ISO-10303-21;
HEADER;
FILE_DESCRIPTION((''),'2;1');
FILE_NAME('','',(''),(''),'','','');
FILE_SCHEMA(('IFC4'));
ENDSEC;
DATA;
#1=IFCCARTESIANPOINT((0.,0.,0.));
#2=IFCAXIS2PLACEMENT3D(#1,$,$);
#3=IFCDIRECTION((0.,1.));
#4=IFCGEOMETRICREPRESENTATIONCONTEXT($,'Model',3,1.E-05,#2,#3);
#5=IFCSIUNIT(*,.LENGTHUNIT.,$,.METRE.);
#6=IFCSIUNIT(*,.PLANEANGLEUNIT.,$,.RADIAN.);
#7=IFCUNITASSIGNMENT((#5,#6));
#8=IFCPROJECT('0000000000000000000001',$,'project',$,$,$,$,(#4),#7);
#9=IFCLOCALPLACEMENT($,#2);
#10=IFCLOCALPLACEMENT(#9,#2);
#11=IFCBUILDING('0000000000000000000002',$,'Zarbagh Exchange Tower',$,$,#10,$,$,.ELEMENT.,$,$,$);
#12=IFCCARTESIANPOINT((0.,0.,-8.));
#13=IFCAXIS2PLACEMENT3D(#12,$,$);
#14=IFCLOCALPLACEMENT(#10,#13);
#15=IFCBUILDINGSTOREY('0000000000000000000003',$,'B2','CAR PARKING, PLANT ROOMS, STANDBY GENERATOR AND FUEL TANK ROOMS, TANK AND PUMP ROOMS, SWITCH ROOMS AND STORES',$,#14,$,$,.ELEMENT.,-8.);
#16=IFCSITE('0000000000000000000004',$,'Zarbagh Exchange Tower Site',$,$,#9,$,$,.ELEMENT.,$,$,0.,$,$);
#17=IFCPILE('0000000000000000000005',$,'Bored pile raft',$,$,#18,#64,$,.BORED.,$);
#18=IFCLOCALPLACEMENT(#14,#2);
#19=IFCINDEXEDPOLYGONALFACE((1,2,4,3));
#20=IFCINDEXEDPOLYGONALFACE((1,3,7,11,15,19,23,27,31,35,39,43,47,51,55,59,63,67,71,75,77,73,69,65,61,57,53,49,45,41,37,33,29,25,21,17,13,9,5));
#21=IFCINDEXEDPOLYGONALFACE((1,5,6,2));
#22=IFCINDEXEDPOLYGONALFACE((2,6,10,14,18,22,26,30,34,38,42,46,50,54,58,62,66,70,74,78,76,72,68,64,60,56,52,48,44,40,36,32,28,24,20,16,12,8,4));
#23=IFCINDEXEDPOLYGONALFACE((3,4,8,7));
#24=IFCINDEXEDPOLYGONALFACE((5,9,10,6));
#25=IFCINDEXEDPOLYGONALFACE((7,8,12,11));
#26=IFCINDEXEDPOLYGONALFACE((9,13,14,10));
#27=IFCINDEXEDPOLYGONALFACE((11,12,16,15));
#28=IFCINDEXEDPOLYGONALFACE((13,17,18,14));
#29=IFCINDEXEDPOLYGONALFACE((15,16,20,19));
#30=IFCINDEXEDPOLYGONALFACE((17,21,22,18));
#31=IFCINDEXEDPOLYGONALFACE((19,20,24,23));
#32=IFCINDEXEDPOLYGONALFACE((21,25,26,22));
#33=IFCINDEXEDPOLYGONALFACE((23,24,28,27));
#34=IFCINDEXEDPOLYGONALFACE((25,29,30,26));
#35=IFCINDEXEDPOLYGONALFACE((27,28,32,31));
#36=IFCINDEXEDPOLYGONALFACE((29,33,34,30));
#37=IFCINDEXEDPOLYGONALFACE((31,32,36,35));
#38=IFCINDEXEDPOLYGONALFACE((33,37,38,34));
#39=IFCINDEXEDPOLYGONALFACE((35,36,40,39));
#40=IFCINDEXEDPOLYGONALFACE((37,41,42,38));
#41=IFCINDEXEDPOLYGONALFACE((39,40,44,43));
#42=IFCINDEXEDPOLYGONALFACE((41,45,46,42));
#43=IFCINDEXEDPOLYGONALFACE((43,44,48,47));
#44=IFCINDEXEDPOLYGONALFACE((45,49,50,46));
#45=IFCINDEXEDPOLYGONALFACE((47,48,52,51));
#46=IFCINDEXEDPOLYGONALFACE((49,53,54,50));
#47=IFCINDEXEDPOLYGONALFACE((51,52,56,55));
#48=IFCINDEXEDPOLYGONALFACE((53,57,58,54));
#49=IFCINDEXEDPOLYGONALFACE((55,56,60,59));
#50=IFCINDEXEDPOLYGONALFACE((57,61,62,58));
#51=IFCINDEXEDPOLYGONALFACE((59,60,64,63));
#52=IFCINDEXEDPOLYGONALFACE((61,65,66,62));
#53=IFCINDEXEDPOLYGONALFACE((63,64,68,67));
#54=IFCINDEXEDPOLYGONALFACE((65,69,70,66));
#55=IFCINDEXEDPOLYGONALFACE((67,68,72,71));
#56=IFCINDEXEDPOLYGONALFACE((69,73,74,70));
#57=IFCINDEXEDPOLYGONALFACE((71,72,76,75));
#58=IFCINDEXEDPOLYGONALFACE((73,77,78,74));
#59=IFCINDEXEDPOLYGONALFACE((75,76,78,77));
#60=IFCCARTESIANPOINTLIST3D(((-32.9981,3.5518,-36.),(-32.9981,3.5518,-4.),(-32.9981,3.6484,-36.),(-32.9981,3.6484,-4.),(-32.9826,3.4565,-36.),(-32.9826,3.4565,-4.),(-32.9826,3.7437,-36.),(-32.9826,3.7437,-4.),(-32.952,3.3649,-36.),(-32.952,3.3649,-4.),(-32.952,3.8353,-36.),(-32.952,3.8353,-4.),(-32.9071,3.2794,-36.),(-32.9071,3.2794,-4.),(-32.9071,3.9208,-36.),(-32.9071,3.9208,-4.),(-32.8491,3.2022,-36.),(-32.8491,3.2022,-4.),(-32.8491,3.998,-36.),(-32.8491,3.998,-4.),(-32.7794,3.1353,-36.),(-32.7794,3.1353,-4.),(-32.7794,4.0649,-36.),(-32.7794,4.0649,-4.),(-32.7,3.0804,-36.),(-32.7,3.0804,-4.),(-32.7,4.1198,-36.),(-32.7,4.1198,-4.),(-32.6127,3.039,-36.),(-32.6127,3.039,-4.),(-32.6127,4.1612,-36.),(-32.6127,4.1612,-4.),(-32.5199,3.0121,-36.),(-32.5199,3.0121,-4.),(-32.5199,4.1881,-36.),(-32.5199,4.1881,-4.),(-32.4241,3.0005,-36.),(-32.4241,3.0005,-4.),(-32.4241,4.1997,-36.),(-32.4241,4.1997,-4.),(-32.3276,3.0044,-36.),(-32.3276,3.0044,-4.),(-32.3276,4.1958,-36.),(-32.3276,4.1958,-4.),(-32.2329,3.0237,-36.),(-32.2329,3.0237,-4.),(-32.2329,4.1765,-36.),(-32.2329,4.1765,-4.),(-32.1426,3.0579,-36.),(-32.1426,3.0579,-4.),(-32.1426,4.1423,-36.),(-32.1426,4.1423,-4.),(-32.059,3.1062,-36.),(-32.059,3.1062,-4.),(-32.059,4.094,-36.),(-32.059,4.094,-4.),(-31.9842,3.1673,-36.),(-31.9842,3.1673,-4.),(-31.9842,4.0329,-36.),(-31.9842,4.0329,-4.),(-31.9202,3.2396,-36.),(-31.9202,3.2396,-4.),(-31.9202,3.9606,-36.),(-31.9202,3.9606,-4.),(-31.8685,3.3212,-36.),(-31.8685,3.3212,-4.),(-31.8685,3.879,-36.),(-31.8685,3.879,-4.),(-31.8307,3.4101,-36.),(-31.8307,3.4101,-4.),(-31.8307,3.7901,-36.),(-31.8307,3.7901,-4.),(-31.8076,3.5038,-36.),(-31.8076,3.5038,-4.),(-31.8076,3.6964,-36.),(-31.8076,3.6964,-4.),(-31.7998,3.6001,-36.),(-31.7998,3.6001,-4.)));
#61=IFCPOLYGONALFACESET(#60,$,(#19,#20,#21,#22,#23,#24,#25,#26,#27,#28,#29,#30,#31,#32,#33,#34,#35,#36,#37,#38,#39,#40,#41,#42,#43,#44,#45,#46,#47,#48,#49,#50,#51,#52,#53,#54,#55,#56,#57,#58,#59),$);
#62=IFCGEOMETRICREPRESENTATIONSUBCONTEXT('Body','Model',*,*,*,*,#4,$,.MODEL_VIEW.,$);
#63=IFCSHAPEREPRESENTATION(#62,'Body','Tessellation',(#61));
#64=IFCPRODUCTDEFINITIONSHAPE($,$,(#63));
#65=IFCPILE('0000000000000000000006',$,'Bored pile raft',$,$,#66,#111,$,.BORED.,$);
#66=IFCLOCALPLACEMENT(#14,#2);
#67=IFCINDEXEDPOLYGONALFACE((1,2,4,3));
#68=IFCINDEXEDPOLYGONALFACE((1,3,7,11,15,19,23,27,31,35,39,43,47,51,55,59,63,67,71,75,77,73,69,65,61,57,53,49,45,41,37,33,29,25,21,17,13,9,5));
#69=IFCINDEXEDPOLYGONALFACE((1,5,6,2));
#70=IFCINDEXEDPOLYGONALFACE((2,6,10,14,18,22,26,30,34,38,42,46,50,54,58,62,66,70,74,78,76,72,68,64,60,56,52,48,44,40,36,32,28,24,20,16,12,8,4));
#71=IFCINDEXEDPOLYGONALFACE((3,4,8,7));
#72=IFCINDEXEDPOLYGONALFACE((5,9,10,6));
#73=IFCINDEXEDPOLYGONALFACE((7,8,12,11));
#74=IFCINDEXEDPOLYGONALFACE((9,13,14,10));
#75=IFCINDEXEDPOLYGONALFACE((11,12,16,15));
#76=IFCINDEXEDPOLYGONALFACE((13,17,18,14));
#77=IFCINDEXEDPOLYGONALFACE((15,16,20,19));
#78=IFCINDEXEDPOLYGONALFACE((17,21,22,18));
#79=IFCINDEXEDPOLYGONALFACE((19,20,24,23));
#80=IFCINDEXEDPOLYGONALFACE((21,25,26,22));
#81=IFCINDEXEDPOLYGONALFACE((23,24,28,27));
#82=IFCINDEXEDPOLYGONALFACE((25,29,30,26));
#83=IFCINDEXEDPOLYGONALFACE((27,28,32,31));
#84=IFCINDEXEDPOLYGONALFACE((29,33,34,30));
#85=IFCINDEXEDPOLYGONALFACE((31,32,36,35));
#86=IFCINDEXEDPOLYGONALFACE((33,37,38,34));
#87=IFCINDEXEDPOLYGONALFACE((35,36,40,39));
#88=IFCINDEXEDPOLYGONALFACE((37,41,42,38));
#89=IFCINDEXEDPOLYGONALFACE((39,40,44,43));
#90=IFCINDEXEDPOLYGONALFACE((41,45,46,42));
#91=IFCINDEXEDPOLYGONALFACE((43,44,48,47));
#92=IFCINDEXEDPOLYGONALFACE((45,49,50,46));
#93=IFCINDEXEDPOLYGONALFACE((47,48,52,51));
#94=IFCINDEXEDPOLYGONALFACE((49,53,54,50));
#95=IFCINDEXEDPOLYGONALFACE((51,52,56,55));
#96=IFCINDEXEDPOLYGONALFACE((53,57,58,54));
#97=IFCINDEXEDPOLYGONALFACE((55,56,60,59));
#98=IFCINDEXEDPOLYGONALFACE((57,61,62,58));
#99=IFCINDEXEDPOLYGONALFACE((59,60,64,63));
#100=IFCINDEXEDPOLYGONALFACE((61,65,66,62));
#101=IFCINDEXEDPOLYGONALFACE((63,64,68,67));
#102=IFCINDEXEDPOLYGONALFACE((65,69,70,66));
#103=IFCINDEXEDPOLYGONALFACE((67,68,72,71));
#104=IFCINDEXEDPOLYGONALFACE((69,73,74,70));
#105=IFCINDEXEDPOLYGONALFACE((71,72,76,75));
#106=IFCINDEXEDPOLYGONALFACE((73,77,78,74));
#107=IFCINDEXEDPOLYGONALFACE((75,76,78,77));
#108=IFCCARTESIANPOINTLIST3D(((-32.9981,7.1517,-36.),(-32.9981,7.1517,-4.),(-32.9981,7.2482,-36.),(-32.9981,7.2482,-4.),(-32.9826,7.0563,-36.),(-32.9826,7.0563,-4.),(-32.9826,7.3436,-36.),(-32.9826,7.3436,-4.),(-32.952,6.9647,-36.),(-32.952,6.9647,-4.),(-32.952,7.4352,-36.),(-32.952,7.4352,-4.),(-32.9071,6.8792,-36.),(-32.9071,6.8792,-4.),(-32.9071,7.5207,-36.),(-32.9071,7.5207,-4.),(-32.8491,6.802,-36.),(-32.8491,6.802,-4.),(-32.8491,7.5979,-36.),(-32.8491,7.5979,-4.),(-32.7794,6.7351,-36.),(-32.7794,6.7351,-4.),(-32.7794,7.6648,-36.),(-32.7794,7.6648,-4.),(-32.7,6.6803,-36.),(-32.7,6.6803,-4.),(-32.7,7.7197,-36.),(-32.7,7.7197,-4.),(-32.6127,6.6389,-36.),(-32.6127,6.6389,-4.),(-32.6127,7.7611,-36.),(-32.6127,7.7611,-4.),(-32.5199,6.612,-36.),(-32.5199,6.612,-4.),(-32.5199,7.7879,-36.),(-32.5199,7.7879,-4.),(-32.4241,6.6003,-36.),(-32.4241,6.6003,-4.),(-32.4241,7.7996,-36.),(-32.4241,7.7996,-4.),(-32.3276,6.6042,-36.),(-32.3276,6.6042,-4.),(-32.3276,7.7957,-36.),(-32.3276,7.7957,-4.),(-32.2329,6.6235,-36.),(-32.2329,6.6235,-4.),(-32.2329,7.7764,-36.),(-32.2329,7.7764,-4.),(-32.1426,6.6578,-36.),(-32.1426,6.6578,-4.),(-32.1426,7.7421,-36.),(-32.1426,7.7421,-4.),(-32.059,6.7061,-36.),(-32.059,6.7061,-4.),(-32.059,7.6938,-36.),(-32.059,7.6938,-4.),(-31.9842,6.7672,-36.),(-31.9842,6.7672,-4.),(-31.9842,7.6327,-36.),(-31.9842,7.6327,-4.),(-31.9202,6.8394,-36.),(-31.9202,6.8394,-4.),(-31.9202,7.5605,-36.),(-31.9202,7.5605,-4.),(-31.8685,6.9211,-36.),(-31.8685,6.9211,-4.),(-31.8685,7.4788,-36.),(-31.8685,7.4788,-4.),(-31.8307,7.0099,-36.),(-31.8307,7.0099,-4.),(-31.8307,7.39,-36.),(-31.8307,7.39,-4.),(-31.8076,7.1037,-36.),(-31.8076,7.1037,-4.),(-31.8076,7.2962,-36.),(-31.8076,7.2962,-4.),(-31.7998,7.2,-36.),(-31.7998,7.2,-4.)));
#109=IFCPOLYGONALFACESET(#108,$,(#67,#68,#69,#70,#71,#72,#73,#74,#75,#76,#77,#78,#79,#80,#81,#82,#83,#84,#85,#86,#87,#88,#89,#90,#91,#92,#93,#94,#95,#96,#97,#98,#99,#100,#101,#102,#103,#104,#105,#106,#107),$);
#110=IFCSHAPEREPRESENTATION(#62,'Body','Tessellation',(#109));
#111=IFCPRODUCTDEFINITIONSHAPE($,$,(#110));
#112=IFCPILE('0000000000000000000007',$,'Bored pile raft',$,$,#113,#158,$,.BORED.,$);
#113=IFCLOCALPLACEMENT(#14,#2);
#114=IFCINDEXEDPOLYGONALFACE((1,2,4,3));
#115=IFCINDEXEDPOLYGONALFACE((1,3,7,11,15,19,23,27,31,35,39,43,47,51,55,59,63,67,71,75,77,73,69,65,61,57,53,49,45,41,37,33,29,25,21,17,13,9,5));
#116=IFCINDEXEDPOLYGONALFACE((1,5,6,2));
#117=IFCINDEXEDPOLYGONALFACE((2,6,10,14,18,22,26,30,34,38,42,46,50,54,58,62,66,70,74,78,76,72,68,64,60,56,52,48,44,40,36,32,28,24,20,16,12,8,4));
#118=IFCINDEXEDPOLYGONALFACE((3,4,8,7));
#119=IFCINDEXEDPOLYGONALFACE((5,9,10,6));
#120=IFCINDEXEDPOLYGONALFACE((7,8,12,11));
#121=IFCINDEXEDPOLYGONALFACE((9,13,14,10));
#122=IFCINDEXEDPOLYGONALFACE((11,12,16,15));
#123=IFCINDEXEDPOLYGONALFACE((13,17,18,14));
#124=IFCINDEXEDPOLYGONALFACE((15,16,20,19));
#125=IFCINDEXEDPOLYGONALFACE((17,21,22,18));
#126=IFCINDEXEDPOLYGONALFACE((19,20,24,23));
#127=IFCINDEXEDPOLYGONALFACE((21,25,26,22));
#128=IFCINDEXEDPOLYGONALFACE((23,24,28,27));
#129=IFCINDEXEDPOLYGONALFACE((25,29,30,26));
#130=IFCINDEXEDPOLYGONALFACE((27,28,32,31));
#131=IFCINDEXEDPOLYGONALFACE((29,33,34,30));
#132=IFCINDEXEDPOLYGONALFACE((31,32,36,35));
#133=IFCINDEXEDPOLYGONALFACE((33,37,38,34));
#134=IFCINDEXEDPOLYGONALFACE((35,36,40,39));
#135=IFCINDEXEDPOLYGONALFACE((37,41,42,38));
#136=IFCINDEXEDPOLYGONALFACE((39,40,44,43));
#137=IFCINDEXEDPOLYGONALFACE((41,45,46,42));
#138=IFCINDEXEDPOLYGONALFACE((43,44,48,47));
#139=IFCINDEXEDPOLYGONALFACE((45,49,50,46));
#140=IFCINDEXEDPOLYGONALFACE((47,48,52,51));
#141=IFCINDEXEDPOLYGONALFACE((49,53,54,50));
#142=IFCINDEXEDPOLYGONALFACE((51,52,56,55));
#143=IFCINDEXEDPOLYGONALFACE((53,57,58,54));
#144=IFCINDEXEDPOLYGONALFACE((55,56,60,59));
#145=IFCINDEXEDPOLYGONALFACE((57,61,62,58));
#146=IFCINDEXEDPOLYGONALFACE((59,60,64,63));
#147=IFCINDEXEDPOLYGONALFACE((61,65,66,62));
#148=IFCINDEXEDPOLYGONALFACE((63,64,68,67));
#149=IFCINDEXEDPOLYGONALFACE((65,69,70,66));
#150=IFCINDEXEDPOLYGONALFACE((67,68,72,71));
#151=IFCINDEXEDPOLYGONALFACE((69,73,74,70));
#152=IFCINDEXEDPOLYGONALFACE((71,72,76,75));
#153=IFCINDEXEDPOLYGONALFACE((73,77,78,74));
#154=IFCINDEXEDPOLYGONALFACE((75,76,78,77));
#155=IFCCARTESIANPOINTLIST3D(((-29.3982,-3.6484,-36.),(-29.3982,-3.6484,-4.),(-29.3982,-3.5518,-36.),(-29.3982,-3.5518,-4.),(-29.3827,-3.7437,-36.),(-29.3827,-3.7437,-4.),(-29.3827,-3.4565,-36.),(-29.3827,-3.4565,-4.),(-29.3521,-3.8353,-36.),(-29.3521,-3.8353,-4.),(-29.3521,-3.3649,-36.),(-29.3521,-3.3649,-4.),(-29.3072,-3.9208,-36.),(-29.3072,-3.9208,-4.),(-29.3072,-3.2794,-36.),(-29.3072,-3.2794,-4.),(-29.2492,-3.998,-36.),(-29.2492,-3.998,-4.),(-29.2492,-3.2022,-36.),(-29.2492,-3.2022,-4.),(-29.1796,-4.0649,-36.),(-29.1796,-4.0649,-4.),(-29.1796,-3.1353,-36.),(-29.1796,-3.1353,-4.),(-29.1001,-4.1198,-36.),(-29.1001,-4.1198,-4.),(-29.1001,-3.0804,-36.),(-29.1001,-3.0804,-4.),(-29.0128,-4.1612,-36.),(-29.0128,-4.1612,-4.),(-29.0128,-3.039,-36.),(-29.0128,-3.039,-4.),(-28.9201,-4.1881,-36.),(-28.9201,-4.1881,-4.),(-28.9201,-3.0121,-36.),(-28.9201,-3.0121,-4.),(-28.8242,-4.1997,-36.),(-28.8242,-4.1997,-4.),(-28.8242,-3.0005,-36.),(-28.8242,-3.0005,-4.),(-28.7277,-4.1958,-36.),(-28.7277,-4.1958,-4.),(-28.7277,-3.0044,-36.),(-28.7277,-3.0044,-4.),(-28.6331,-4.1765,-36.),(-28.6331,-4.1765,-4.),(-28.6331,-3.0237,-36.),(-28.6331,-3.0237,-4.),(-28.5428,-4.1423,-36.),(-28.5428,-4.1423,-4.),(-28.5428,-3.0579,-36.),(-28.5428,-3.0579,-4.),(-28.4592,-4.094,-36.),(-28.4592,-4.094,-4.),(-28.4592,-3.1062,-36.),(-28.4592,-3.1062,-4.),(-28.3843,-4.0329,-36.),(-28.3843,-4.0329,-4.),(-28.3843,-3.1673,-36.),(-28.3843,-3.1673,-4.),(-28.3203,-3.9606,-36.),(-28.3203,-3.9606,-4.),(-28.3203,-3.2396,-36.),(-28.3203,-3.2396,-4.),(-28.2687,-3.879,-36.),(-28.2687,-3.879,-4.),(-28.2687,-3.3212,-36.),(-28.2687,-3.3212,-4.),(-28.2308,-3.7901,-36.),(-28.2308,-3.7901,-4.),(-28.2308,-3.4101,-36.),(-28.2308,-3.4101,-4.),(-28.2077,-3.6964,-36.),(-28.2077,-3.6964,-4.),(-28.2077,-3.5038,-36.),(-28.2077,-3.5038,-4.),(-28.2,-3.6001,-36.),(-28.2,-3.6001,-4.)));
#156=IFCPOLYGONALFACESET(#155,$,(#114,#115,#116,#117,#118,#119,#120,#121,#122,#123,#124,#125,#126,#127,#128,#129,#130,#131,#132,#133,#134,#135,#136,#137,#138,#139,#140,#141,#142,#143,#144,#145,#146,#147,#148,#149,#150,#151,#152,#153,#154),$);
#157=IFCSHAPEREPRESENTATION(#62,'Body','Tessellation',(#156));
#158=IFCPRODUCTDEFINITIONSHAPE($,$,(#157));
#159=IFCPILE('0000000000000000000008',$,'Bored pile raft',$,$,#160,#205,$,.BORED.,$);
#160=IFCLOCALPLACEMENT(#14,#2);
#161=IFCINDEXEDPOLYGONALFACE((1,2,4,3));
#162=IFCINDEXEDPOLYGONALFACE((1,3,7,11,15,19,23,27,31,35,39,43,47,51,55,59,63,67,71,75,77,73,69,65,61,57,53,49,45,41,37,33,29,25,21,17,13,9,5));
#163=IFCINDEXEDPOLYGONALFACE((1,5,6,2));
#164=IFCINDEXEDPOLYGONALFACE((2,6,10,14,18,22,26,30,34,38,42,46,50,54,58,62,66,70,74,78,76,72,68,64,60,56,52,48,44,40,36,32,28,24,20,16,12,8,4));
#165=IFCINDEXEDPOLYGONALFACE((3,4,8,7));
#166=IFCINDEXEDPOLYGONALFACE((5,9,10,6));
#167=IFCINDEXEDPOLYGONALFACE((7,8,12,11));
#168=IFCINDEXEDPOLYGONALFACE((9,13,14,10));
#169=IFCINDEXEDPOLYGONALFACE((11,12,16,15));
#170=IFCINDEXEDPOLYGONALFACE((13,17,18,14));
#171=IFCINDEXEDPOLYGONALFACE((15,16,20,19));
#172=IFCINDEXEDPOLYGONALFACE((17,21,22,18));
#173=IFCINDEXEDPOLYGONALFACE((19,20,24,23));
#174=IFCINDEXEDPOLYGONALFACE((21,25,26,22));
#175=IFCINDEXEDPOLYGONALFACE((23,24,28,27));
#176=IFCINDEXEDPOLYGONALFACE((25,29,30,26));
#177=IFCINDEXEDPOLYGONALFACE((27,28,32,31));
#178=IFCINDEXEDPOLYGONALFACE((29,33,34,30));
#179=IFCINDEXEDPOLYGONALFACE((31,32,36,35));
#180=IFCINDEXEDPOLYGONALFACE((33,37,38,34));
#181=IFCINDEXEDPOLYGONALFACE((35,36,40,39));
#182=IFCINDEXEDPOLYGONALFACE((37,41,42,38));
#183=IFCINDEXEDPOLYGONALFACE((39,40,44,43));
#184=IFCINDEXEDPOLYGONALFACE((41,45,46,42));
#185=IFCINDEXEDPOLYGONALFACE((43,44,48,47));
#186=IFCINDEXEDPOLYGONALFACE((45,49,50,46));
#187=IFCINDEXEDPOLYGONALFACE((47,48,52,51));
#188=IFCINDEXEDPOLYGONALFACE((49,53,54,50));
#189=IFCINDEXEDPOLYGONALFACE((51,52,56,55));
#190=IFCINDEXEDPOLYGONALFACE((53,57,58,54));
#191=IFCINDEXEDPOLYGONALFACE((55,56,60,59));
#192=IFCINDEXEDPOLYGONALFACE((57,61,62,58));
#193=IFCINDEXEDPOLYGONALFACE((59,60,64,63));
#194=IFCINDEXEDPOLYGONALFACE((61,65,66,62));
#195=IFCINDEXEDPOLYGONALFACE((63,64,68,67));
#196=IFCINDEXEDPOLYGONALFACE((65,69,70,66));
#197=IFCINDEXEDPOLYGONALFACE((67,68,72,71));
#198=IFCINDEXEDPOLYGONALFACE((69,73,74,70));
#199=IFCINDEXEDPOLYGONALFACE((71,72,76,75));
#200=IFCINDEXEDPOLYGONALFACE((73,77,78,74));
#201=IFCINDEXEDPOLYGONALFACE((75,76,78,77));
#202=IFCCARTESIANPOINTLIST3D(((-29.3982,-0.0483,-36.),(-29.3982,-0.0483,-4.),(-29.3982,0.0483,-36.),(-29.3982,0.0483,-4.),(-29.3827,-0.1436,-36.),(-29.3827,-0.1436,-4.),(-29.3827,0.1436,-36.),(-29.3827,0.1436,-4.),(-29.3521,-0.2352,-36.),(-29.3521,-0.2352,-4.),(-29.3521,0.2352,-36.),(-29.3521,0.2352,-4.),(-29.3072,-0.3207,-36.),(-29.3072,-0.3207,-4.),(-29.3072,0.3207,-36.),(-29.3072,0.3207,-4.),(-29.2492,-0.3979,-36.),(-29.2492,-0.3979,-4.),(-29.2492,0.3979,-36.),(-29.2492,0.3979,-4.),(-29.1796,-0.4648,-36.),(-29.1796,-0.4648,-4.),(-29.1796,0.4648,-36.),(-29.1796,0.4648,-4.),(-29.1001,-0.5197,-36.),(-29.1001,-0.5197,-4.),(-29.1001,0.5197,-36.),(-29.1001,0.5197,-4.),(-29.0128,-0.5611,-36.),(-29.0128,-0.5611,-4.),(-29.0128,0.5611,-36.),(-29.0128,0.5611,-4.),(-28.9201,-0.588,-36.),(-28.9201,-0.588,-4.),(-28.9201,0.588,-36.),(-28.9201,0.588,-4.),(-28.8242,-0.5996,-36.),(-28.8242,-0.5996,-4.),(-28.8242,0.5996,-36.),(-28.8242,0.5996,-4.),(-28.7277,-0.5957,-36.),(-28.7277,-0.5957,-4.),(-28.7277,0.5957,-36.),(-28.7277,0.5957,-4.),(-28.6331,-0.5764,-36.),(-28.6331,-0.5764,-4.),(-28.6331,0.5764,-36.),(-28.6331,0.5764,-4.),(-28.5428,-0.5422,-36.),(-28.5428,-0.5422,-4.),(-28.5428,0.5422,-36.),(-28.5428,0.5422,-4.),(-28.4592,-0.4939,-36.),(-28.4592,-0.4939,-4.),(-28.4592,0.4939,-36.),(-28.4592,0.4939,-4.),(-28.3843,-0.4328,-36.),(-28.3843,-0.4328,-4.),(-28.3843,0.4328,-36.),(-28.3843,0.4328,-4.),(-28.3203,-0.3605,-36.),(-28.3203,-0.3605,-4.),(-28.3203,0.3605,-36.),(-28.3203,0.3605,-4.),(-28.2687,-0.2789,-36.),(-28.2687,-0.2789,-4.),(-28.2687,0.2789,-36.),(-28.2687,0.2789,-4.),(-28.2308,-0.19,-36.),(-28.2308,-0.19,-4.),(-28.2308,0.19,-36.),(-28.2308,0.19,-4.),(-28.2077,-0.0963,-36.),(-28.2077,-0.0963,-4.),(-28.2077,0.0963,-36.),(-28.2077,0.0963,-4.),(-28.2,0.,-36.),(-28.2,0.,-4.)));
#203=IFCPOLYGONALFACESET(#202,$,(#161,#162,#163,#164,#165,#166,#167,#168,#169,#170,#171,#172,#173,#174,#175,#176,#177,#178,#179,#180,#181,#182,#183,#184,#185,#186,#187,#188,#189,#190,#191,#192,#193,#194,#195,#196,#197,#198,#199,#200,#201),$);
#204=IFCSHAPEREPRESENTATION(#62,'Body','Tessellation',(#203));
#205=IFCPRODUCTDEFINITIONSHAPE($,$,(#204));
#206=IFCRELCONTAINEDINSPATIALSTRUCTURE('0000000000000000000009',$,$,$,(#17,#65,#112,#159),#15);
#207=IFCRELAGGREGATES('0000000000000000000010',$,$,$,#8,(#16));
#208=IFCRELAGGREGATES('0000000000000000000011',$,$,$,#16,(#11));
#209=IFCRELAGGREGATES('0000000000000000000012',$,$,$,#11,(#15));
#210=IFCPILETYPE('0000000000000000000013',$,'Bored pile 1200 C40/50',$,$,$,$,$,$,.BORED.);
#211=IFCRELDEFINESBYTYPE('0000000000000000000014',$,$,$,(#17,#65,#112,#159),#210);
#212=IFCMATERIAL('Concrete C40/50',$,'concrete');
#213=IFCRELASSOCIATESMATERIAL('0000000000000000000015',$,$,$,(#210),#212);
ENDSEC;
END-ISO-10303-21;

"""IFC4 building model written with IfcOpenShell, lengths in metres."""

from ifc_helpers import new_model, si_unit, direction, frame, origin, origin_2d, place, context, subcontext, project, spatial, circle, extrude, material, material_profile, profile_set, type_object, element, save


model = new_model("IFC4")

# Units and contexts
model_context = context("Model", 3, precision=1e-05, world=origin(), true_north=direction((0.0, 1.0)))
body_context = subcontext(model_context, "Body", "Model", "MODEL_VIEW")
ifc_project = project(units=[si_unit("LENGTHUNIT", "METRE"), si_unit("PLANEANGLEUNIT", "RADIAN")], contexts=[model_context])

# Site, building, storey
site_placement = place(None, origin())
site = spatial("IfcSite", under=ifc_project, at=site_placement, Name="Zarbagh Exchange Tower Site", CompositionType="ELEMENT", RefElevation=0.0)
building_placement = place(site_placement, origin())
building = spatial("IfcBuilding", under=site, at=building_placement, Name="Zarbagh Exchange Tower", CompositionType="ELEMENT")
storey_placement = place(building_placement, frame((0.0, 0.0, -8.0)))
storey = spatial("IfcBuildingStorey", under=building, at=storey_placement, Name="B2", Description="CAR PARKING, PLANT ROOMS, STANDBY GENERATOR AND FUEL TANK ROOMS, TANK AND PUMP ROOMS, SWITCH ROOMS AND STORES", CompositionType="ELEMENT", Elevation=-8.0)

# Piles
ifc_material_1 = material(Name="Concrete C40/50", Category="concrete")
ifc_material_profile_1 = material_profile(ifc_material_1, circle(Radius=0.6001, at=origin_2d()), Name="Bored pile 1200 C40/50")
ifc_profile_set_1 = profile_set([ifc_material_profile_1], Name="Concrete C40/50")
pile_type = type_object("IfcPileType", Name="Bored pile 1200 C40/50", PredefinedType="BORED", material=ifc_profile_set_1)
for number, where, z_axis, x_axis, name in (
    (1, (-32.3999, 3.6001, -4.0), (0.0, 0.0, -1.0), (1.0, 0.0, 0.0), "Bored pile raft"),
    (2, (-32.3999, 7.2, -4.0), (0.0, 0.0, -1.0), (1.0, 0.0, 0.0), "Bored pile raft"),
    (3, (-28.8, -3.6001, -4.0), (0.0, 0.0, -1.0), (1.0, 0.0, 0.0), "Bored pile raft"),
    (4, (-28.8, 0.0, -4.0), (0.0, 0.0, -1.0), (1.0, 0.0, 0.0), "Bored pile raft"),
):
    element("IfcPile", number, at=place(storey_placement, frame(where, z_axis=z_axis, x_axis=x_axis)), inside=storey, type_object=pile_type, Name=name, PredefinedType="BORED", context=body_context, shape_type="SweptSolid", body=[
        extrude(circle(Radius=0.6001, at=origin_2d()), origin(), (0.0, 0.0, 1.0), 32.0),
    ])

save(model, "model.ifc")
